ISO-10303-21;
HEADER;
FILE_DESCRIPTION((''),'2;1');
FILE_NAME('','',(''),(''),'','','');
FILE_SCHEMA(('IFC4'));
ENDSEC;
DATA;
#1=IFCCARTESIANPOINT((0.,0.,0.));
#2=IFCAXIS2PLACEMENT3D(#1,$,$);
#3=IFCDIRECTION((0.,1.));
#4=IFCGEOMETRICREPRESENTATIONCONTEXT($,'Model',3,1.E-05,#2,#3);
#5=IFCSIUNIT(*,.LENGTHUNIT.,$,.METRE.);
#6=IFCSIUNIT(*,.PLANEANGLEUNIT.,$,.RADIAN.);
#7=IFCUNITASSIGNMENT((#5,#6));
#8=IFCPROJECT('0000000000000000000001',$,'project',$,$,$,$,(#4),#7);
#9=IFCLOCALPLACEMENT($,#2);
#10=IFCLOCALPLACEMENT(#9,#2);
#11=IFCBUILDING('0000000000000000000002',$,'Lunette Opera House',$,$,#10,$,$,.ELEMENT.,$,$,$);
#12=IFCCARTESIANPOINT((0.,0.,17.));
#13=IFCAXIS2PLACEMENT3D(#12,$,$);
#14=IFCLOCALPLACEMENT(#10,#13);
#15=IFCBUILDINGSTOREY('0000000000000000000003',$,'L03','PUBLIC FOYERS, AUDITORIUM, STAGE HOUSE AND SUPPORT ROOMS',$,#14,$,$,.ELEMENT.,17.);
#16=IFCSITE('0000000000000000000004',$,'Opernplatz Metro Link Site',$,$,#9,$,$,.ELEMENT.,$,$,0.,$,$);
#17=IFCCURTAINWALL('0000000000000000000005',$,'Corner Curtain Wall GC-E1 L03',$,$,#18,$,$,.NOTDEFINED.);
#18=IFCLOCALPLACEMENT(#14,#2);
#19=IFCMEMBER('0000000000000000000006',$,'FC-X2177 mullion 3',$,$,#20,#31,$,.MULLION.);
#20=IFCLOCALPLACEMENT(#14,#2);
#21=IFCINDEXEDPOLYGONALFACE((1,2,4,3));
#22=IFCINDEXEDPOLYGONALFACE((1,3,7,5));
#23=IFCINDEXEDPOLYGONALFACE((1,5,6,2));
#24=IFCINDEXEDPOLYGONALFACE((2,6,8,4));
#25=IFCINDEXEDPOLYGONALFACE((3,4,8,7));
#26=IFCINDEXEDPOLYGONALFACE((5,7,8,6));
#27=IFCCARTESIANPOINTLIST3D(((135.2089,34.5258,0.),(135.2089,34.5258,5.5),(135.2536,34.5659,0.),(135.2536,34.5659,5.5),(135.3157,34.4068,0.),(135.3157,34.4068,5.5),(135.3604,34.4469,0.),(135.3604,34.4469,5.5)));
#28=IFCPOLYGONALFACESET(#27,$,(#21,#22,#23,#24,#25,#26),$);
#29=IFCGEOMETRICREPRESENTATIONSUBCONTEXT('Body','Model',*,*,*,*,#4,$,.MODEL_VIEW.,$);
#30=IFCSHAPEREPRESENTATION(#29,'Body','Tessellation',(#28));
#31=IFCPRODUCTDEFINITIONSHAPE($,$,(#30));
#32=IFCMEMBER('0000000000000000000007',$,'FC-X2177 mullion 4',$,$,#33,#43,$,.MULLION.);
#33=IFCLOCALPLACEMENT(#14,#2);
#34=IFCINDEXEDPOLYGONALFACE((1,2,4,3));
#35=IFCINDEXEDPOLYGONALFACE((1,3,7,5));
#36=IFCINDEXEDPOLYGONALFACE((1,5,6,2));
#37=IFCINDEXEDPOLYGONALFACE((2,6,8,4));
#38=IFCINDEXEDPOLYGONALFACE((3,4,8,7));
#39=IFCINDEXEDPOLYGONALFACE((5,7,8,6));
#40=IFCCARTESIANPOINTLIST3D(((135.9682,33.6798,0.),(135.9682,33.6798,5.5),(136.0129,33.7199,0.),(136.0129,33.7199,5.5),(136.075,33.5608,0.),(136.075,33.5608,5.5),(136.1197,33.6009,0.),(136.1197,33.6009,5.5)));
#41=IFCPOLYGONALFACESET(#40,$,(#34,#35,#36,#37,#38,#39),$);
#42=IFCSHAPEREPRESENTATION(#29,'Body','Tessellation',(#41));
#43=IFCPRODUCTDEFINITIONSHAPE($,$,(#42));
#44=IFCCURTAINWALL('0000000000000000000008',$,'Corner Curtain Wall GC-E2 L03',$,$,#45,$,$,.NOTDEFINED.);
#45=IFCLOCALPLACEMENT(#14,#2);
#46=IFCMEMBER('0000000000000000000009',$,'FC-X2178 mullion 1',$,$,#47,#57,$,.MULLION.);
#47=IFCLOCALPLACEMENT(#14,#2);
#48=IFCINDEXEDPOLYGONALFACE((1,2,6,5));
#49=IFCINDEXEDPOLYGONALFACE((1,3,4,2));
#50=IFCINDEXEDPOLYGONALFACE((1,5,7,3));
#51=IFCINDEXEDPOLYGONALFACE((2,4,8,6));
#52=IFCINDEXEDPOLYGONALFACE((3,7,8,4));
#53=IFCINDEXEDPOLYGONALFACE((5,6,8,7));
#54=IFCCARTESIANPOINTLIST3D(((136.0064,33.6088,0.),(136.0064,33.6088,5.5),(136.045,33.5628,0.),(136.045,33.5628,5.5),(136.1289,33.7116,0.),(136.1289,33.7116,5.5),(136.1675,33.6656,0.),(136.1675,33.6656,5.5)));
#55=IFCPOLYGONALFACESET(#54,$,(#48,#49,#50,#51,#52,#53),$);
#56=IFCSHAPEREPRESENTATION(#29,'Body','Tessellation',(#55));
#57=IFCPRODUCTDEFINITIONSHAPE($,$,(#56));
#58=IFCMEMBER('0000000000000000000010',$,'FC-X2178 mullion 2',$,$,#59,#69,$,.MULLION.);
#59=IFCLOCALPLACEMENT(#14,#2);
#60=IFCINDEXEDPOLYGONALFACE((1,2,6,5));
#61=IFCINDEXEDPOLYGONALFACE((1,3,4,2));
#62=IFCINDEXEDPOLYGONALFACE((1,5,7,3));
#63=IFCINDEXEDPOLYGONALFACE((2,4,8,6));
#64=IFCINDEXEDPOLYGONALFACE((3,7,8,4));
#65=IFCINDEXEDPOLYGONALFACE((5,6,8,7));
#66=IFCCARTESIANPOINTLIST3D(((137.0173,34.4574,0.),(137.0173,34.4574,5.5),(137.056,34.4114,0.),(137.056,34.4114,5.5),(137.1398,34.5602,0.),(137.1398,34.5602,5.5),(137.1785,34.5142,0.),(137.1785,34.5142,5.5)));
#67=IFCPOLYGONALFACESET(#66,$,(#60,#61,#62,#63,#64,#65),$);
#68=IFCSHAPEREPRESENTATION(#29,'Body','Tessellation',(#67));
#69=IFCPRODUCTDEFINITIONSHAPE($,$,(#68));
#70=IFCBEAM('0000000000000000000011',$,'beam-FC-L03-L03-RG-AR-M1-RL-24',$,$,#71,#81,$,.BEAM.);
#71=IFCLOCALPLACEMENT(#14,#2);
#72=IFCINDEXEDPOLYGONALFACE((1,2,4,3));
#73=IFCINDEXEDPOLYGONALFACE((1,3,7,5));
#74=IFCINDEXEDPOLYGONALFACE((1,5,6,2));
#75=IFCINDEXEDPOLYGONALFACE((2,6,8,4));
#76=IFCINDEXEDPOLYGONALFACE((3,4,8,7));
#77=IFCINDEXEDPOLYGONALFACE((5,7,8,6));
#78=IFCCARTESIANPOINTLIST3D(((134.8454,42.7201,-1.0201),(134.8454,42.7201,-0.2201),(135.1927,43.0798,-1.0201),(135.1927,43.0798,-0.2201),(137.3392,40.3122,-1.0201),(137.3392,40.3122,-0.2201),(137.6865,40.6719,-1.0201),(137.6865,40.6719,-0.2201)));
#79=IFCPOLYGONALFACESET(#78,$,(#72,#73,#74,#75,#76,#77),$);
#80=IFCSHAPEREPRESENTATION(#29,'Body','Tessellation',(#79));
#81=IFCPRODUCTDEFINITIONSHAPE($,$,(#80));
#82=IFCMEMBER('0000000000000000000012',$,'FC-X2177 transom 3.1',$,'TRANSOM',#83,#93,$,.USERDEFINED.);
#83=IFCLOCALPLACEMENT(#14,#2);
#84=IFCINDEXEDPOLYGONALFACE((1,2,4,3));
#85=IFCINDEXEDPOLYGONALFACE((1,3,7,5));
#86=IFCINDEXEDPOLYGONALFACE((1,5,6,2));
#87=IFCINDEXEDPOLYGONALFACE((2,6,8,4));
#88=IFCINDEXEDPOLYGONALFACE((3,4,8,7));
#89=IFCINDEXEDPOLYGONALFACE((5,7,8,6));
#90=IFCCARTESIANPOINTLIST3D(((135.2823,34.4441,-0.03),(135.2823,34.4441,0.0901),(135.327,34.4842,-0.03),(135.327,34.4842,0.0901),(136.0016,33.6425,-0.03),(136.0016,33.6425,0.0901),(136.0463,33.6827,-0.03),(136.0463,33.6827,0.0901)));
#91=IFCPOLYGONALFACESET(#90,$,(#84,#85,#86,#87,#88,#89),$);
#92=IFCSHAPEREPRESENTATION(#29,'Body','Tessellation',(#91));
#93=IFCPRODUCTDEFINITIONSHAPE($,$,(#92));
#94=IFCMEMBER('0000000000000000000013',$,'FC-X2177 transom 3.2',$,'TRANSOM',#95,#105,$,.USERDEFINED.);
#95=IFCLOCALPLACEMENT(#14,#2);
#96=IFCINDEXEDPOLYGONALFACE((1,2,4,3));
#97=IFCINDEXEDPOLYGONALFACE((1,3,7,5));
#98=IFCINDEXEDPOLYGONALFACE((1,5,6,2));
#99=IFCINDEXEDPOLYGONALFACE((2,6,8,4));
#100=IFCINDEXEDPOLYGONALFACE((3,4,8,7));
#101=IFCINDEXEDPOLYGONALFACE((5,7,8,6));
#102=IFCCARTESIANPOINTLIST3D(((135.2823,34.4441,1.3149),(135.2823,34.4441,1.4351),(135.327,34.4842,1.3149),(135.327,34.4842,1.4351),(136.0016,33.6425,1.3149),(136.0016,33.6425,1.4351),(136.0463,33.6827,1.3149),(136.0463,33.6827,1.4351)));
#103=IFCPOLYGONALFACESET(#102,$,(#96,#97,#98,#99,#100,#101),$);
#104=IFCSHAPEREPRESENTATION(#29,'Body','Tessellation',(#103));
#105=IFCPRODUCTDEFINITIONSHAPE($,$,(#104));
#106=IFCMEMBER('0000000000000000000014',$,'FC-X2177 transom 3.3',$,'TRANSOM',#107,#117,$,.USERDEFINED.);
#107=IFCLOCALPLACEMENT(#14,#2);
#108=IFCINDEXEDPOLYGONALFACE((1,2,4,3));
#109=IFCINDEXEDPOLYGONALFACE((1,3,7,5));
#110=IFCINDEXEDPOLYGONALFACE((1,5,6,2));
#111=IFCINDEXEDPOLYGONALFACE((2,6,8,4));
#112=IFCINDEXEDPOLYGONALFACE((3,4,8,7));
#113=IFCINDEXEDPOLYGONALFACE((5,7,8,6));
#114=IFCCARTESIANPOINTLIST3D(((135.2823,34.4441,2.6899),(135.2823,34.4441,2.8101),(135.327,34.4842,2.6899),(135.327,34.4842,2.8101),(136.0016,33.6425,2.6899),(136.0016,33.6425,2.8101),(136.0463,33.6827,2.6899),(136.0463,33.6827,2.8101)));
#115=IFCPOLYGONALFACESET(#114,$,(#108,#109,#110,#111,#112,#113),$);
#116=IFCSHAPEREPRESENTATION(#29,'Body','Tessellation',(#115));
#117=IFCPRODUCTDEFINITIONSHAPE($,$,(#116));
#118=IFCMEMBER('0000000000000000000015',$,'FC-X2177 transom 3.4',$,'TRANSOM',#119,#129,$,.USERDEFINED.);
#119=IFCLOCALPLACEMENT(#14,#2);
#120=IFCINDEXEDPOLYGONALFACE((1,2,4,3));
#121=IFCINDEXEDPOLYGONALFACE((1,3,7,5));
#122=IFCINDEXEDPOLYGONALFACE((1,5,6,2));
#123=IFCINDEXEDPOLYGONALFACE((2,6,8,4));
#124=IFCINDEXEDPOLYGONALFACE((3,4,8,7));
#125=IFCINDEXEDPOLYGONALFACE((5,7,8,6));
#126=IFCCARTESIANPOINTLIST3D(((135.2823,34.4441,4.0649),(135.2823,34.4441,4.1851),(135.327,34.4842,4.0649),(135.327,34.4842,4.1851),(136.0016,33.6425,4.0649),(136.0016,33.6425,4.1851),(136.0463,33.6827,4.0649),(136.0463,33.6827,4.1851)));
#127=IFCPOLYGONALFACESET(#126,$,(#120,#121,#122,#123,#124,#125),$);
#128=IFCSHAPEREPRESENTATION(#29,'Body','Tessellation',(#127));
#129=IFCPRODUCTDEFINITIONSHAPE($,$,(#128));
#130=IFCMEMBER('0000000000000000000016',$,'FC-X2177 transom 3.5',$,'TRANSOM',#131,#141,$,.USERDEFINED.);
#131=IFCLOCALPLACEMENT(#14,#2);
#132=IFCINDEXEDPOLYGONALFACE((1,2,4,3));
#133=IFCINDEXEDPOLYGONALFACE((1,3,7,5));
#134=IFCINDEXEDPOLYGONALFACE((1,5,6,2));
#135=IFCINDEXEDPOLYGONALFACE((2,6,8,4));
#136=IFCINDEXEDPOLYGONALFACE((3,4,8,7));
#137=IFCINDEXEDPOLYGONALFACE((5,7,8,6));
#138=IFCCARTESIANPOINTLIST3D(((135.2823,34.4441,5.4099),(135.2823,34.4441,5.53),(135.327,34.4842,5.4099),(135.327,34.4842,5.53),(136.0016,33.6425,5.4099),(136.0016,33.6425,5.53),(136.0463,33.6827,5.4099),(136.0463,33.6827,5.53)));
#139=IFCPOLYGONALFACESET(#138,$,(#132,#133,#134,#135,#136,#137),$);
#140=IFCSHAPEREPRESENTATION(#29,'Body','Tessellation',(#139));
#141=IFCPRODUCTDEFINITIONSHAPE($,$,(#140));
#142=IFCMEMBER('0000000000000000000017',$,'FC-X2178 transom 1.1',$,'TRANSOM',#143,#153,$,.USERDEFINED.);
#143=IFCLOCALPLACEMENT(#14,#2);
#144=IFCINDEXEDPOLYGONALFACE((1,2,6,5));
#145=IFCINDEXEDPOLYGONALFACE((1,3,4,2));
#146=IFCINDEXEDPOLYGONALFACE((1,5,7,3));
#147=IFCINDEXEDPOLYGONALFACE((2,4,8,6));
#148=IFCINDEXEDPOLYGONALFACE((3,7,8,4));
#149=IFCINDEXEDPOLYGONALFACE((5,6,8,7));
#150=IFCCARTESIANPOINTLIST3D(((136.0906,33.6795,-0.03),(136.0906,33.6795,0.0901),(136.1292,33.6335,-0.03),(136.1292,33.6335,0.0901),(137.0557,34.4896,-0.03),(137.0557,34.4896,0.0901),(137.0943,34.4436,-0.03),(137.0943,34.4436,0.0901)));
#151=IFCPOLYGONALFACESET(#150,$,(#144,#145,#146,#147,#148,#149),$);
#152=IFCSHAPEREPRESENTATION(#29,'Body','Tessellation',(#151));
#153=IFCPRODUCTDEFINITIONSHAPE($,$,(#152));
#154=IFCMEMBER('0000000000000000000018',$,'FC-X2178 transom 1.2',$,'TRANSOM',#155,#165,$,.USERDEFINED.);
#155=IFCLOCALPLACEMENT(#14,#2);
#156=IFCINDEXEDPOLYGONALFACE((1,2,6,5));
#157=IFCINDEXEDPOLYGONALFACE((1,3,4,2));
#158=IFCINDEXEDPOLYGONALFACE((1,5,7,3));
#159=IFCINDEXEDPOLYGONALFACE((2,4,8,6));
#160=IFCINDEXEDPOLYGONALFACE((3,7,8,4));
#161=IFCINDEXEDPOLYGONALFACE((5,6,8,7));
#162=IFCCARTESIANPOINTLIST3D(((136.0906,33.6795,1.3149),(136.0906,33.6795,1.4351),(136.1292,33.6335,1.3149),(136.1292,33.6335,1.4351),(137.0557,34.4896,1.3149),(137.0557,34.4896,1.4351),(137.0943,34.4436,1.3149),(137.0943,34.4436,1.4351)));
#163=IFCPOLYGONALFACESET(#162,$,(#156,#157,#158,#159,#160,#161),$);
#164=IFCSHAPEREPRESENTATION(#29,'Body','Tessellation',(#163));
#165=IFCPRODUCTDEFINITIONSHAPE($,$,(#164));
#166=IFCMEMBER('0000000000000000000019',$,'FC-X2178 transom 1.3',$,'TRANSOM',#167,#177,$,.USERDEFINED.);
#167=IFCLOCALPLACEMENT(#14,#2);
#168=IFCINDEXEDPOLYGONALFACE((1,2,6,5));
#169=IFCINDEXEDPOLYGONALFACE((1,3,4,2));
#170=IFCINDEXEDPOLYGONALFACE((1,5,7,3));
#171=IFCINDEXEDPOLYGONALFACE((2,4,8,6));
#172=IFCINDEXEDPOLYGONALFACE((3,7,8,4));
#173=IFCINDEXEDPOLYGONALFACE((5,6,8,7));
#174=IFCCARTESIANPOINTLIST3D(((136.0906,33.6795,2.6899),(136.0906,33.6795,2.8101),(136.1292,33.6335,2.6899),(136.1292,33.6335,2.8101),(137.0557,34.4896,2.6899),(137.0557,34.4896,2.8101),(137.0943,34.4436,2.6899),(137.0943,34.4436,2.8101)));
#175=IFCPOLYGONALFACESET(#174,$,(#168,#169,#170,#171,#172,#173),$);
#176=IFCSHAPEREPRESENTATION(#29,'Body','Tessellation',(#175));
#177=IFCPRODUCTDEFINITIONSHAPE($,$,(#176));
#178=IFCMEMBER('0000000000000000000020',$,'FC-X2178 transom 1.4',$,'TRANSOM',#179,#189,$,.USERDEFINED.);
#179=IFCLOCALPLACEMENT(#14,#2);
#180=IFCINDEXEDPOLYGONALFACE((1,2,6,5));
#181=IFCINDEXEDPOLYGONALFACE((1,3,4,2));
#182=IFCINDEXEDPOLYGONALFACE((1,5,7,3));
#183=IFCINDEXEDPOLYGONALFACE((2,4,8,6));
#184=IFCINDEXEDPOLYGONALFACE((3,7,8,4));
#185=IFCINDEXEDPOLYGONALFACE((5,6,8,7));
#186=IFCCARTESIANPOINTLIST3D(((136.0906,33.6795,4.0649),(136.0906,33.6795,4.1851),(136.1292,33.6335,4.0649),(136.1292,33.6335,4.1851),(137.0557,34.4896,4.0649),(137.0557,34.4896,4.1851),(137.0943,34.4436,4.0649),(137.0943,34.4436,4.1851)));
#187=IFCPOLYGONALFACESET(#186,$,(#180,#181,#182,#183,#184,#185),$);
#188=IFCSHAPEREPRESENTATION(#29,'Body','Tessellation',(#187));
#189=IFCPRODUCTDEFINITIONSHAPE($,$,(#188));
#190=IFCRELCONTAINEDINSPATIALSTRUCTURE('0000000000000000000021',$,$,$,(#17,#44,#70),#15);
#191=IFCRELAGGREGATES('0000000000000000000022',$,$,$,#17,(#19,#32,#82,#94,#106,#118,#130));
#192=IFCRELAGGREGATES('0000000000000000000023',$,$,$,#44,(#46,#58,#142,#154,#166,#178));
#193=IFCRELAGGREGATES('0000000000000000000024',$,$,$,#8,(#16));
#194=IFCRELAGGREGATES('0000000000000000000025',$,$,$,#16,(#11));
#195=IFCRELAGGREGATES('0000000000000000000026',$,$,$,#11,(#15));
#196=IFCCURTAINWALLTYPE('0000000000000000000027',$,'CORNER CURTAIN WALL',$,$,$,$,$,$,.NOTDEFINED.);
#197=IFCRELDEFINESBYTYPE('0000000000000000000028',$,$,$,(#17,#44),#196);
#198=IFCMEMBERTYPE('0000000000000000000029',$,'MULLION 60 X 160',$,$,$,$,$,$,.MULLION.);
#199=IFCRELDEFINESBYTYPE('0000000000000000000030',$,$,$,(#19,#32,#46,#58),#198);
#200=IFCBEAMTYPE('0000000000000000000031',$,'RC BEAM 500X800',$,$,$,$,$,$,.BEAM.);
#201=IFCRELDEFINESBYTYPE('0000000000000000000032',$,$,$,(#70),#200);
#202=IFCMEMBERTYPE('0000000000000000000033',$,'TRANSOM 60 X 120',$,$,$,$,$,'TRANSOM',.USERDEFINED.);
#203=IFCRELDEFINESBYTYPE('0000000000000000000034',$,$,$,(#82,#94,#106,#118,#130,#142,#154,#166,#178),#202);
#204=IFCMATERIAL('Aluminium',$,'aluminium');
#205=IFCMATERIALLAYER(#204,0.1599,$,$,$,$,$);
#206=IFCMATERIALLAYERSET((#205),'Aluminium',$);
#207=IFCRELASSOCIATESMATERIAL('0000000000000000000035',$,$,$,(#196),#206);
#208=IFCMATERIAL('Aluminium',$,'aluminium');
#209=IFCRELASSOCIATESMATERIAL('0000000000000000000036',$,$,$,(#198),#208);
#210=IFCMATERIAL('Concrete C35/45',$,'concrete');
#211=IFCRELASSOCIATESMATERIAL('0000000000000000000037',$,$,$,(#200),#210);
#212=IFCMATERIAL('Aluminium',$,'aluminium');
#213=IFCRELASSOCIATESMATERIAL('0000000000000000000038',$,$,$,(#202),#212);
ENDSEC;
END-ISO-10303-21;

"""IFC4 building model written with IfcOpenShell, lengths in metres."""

from ifc_helpers import new_model, si_unit, direction, frame, origin, origin_2d, place, context, subcontext, project, spatial, rectangle, extrude, material, layer, layer_set, material_profile, profile_set, type_object, element, aggregate, save


model = new_model("IFC4")

# Units and contexts
model_context = context("Model", 3, precision=1e-05, world=origin(), true_north=direction((0.0, 1.0)))
body_context = subcontext(model_context, "Body", "Model", "MODEL_VIEW")
ifc_project = project(units=[si_unit("LENGTHUNIT", "METRE"), si_unit("PLANEANGLEUNIT", "RADIAN")], contexts=[model_context])

# Site, building, storey
site_placement = place(None, origin())
site = spatial("IfcSite", under=ifc_project, at=site_placement, Name="Opernplatz Metro Link Site", CompositionType="ELEMENT", RefElevation=0.0)
building_placement = place(site_placement, origin())
building = spatial("IfcBuilding", under=site, at=building_placement, Name="Lunette Opera House", CompositionType="ELEMENT")
storey_placement = place(building_placement, frame((0.0, 0.0, 17.0)))
storey = spatial("IfcBuildingStorey", under=building, at=storey_placement, Name="L03", Description="PUBLIC FOYERS, AUDITORIUM, STAGE HOUSE AND SUPPORT ROOMS", CompositionType="ELEMENT", Elevation=17.0)

# Curtain walls, members
ifc_material_1 = material(Name="Aluminium", Category="aluminium")
ifc_layer_1 = layer(ifc_material_1, 0.1599)
ifc_layer_set_1 = layer_set([ifc_layer_1], Name="Aluminium")
curtain_wall_type = type_object("IfcCurtainWallType", Name="CORNER CURTAIN WALL", PredefinedType="NOTDEFINED", material=ifc_layer_set_1)
curtain_wall_1_placement = place(storey_placement, origin())
curtain_wall_1 = element("IfcCurtainWall", 1, at=curtain_wall_1_placement, inside=storey, type_object=curtain_wall_type, Name="Corner Curtain Wall GC-E1 L03", PredefinedType="NOTDEFINED")
ifc_material_2 = material(Name="Aluminium", Category="aluminium")
ifc_material_profile_1 = material_profile(ifc_material_2, rectangle(XDim=0.0601, YDim=0.1599, at=origin_2d()), Name="MULLION 60 X 160")
ifc_profile_set_1 = profile_set([ifc_material_profile_1], Name="Aluminium")
member_type_1 = type_object("IfcMemberType", Name="MULLION 60 X 160", PredefinedType="MULLION", material=ifc_profile_set_1)
member_1_placement = place(storey_placement, frame((135.2847, 34.4863, 0.0), z_axis=(0.0, 0.0, 1.0), x_axis=(0.744217, 0.667938, 0.0)))
member_1 = element("IfcMember", 2, at=member_1_placement, type_object=member_type_1, Name="FC-X2177 mullion 3", PredefinedType="MULLION", context=body_context, shape_type="SweptSolid", body=[
    extrude(rectangle(XDim=0.0601, YDim=0.1599, at=origin_2d()), origin(), (0.0, 0.0, 1.0), 5.5),
])
member_2_placement = place(storey_placement, frame((136.0439, 33.6404, 0.0), z_axis=(0.0, 0.0, 1.0), x_axis=(0.744217, 0.667938, 0.0)))
member_2 = element("IfcMember", 3, at=member_2_placement, type_object=member_type_1, Name="FC-X2177 mullion 4", PredefinedType="MULLION", context=body_context, shape_type="SweptSolid", body=[
    extrude(rectangle(XDim=0.0601, YDim=0.1599, at=origin_2d()), origin(), (0.0, 0.0, 1.0), 5.5),
])
curtain_wall_2_placement = place(storey_placement, origin())
curtain_wall_2 = element("IfcCurtainWall", 4, at=curtain_wall_2_placement, inside=storey, type_object=curtain_wall_type, Name="Corner Curtain Wall GC-E2 L03", PredefinedType="NOTDEFINED")
member_3_placement = place(storey_placement, frame((136.0869, 33.6372, 0.0), z_axis=(0.0, 0.0, 1.0), x_axis=(-0.64284, 0.766, 0.0)))
member_3 = element("IfcMember", 5, at=member_3_placement, type_object=member_type_1, Name="FC-X2178 mullion 1", PredefinedType="MULLION", context=body_context, shape_type="SweptSolid", body=[
    extrude(rectangle(XDim=0.0601, YDim=0.1599, at=origin_2d()), origin(), (0.0, 0.0, 1.0), 5.5),
])
member_4_placement = place(storey_placement, frame((137.0979, 34.4858, 0.0), z_axis=(0.0, 0.0, 1.0), x_axis=(-0.64284, 0.766, 0.0)))
member_4 = element("IfcMember", 6, at=member_4_placement, type_object=member_type_1, Name="FC-X2178 mullion 2", PredefinedType="MULLION", context=body_context, shape_type="SweptSolid", body=[
    extrude(rectangle(XDim=0.0601, YDim=0.1599, at=origin_2d()), origin(), (0.0, 0.0, 1.0), 5.5),
])

# Beam
ifc_material_3 = material(Name="Concrete C35/45", Category="concrete")
ifc_material_profile_2 = material_profile(ifc_material_3, rectangle(XDim=0.5, YDim=0.8, at=origin_2d()), Name="RC BEAM 500X800")
ifc_profile_set_2 = profile_set([ifc_material_profile_2], Name="Concrete C35/45")
beam_type = type_object("IfcBeamType", Name="RC BEAM 500X800", PredefinedType="BEAM", material=ifc_profile_set_2)
beam_placement = place(storey_placement, frame((135.019, 42.8999, -0.6201), z_axis=(0.719393, -0.694603, 0.0), x_axis=(0.694603, 0.719393, 0.0)))
element("IfcBeam", 7, at=beam_placement, inside=storey, type_object=beam_type, Name="beam-FC-L03-L03-RG-AR-M1-RL-24", PredefinedType="BEAM", context=body_context, shape_type="SweptSolid", body=[
    extrude(rectangle(XDim=0.5, YDim=0.8, at=origin_2d()), origin(), (0.0, 0.0, 1.0), 3.4666),
])

# Members
ifc_material_4 = material(Name="Aluminium", Category="aluminium")
ifc_material_profile_3 = material_profile(ifc_material_4, rectangle(XDim=0.0601, YDim=0.1201, at=origin_2d()), Name="TRANSOM 60 X 120")
ifc_profile_set_3 = profile_set([ifc_material_profile_3], Name="Aluminium")
member_type_2 = type_object("IfcMemberType", Name="TRANSOM 60 X 120", ElementType="TRANSOM", PredefinedType="USERDEFINED", material=ifc_profile_set_3)
member_5_placement = place(storey_placement, frame((135.3047, 34.4641, 0.03), z_axis=(0.667874, -0.744274, 0.0), x_axis=(0.744274, 0.667874, 0.0)))
member_5 = element("IfcMember", 8, at=member_5_placement, type_object=member_type_2, Name="FC-X2177 transom 3.1", ObjectType="TRANSOM", PredefinedType="USERDEFINED", context=body_context, shape_type="SweptSolid", body=[
    extrude(rectangle(XDim=0.0601, YDim=0.1201, at=origin_2d()), origin(), (0.0, 0.0, 1.0), 1.0769),
])
member_6_placement = place(storey_placement, frame((135.3047, 34.4641, 1.375), z_axis=(0.667874, -0.744274, 0.0), x_axis=(0.744274, 0.667874, 0.0)))
member_6 = element("IfcMember", 9, at=member_6_placement, type_object=member_type_2, Name="FC-X2177 transom 3.2", ObjectType="TRANSOM", PredefinedType="USERDEFINED", context=body_context, shape_type="SweptSolid", body=[
    extrude(rectangle(XDim=0.0601, YDim=0.1201, at=origin_2d()), origin(), (0.0, 0.0, 1.0), 1.0769),
])
member_7_placement = place(storey_placement, frame((135.3047, 34.4641, 2.75), z_axis=(0.667874, -0.744274, 0.0), x_axis=(0.744274, 0.667874, 0.0)))
member_7 = element("IfcMember", 10, at=member_7_placement, type_object=member_type_2, Name="FC-X2177 transom 3.3", ObjectType="TRANSOM", PredefinedType="USERDEFINED", context=body_context, shape_type="SweptSolid", body=[
    extrude(rectangle(XDim=0.0601, YDim=0.1201, at=origin_2d()), origin(), (0.0, 0.0, 1.0), 1.0769),
])
member_8_placement = place(storey_placement, frame((135.3047, 34.4641, 4.125), z_axis=(0.667874, -0.744274, 0.0), x_axis=(0.744274, 0.667874, 0.0)))
member_8 = element("IfcMember", 11, at=member_8_placement, type_object=member_type_2, Name="FC-X2177 transom 3.4", ObjectType="TRANSOM", PredefinedType="USERDEFINED", context=body_context, shape_type="SweptSolid", body=[
    extrude(rectangle(XDim=0.0601, YDim=0.1201, at=origin_2d()), origin(), (0.0, 0.0, 1.0), 1.0769),
])
member_9_placement = place(storey_placement, frame((135.3047, 34.4641, 5.47), z_axis=(0.667874, -0.744274, 0.0), x_axis=(0.744274, 0.667874, 0.0)))
member_9 = element("IfcMember", 12, at=member_9_placement, type_object=member_type_2, Name="FC-X2177 transom 3.5", ObjectType="TRANSOM", PredefinedType="USERDEFINED", context=body_context, shape_type="SweptSolid", body=[
    extrude(rectangle(XDim=0.0601, YDim=0.1201, at=origin_2d()), origin(), (0.0, 0.0, 1.0), 1.0769),
])
member_10_placement = place(storey_placement, frame((136.1099, 33.6565, 0.03), z_axis=(0.765945, 0.642906, 0.0), x_axis=(-0.642906, 0.765945, 0.0)))
member_10 = element("IfcMember", 13, at=member_10_placement, type_object=member_type_2, Name="FC-X2178 transom 1.1", ObjectType="TRANSOM", PredefinedType="USERDEFINED", context=body_context, shape_type="SweptSolid", body=[
    extrude(rectangle(XDim=0.0601, YDim=0.1201, at=origin_2d()), origin(), (0.0, 0.0, 1.0), 1.26),
])
member_11_placement = place(storey_placement, frame((136.1099, 33.6565, 1.375), z_axis=(0.765945, 0.642906, 0.0), x_axis=(-0.642906, 0.765945, 0.0)))
member_11 = element("IfcMember", 14, at=member_11_placement, type_object=member_type_2, Name="FC-X2178 transom 1.2", ObjectType="TRANSOM", PredefinedType="USERDEFINED", context=body_context, shape_type="SweptSolid", body=[
    extrude(rectangle(XDim=0.0601, YDim=0.1201, at=origin_2d()), origin(), (0.0, 0.0, 1.0), 1.26),
])
member_12_placement = place(storey_placement, frame((136.1099, 33.6565, 2.75), z_axis=(0.765945, 0.642906, 0.0), x_axis=(-0.642906, 0.765945, 0.0)))
member_12 = element("IfcMember", 15, at=member_12_placement, type_object=member_type_2, Name="FC-X2178 transom 1.3", ObjectType="TRANSOM", PredefinedType="USERDEFINED", context=body_context, shape_type="SweptSolid", body=[
    extrude(rectangle(XDim=0.0601, YDim=0.1201, at=origin_2d()), origin(), (0.0, 0.0, 1.0), 1.26),
])
member_13_placement = place(storey_placement, frame((136.1099, 33.6565, 4.125), z_axis=(0.765945, 0.642906, 0.0), x_axis=(-0.642906, 0.765945, 0.0)))
member_13 = element("IfcMember", 16, at=member_13_placement, type_object=member_type_2, Name="FC-X2178 transom 1.4", ObjectType="TRANSOM", PredefinedType="USERDEFINED", context=body_context, shape_type="SweptSolid", body=[
    extrude(rectangle(XDim=0.0601, YDim=0.1201, at=origin_2d()), origin(), (0.0, 0.0, 1.0), 1.26),
])

aggregate(curtain_wall_1, [member_1, member_2, member_5, member_6, member_7, member_8, member_9])
aggregate(curtain_wall_2, [member_3, member_4, member_10, member_11, member_12, member_13])

save(model, "model.ifc")
